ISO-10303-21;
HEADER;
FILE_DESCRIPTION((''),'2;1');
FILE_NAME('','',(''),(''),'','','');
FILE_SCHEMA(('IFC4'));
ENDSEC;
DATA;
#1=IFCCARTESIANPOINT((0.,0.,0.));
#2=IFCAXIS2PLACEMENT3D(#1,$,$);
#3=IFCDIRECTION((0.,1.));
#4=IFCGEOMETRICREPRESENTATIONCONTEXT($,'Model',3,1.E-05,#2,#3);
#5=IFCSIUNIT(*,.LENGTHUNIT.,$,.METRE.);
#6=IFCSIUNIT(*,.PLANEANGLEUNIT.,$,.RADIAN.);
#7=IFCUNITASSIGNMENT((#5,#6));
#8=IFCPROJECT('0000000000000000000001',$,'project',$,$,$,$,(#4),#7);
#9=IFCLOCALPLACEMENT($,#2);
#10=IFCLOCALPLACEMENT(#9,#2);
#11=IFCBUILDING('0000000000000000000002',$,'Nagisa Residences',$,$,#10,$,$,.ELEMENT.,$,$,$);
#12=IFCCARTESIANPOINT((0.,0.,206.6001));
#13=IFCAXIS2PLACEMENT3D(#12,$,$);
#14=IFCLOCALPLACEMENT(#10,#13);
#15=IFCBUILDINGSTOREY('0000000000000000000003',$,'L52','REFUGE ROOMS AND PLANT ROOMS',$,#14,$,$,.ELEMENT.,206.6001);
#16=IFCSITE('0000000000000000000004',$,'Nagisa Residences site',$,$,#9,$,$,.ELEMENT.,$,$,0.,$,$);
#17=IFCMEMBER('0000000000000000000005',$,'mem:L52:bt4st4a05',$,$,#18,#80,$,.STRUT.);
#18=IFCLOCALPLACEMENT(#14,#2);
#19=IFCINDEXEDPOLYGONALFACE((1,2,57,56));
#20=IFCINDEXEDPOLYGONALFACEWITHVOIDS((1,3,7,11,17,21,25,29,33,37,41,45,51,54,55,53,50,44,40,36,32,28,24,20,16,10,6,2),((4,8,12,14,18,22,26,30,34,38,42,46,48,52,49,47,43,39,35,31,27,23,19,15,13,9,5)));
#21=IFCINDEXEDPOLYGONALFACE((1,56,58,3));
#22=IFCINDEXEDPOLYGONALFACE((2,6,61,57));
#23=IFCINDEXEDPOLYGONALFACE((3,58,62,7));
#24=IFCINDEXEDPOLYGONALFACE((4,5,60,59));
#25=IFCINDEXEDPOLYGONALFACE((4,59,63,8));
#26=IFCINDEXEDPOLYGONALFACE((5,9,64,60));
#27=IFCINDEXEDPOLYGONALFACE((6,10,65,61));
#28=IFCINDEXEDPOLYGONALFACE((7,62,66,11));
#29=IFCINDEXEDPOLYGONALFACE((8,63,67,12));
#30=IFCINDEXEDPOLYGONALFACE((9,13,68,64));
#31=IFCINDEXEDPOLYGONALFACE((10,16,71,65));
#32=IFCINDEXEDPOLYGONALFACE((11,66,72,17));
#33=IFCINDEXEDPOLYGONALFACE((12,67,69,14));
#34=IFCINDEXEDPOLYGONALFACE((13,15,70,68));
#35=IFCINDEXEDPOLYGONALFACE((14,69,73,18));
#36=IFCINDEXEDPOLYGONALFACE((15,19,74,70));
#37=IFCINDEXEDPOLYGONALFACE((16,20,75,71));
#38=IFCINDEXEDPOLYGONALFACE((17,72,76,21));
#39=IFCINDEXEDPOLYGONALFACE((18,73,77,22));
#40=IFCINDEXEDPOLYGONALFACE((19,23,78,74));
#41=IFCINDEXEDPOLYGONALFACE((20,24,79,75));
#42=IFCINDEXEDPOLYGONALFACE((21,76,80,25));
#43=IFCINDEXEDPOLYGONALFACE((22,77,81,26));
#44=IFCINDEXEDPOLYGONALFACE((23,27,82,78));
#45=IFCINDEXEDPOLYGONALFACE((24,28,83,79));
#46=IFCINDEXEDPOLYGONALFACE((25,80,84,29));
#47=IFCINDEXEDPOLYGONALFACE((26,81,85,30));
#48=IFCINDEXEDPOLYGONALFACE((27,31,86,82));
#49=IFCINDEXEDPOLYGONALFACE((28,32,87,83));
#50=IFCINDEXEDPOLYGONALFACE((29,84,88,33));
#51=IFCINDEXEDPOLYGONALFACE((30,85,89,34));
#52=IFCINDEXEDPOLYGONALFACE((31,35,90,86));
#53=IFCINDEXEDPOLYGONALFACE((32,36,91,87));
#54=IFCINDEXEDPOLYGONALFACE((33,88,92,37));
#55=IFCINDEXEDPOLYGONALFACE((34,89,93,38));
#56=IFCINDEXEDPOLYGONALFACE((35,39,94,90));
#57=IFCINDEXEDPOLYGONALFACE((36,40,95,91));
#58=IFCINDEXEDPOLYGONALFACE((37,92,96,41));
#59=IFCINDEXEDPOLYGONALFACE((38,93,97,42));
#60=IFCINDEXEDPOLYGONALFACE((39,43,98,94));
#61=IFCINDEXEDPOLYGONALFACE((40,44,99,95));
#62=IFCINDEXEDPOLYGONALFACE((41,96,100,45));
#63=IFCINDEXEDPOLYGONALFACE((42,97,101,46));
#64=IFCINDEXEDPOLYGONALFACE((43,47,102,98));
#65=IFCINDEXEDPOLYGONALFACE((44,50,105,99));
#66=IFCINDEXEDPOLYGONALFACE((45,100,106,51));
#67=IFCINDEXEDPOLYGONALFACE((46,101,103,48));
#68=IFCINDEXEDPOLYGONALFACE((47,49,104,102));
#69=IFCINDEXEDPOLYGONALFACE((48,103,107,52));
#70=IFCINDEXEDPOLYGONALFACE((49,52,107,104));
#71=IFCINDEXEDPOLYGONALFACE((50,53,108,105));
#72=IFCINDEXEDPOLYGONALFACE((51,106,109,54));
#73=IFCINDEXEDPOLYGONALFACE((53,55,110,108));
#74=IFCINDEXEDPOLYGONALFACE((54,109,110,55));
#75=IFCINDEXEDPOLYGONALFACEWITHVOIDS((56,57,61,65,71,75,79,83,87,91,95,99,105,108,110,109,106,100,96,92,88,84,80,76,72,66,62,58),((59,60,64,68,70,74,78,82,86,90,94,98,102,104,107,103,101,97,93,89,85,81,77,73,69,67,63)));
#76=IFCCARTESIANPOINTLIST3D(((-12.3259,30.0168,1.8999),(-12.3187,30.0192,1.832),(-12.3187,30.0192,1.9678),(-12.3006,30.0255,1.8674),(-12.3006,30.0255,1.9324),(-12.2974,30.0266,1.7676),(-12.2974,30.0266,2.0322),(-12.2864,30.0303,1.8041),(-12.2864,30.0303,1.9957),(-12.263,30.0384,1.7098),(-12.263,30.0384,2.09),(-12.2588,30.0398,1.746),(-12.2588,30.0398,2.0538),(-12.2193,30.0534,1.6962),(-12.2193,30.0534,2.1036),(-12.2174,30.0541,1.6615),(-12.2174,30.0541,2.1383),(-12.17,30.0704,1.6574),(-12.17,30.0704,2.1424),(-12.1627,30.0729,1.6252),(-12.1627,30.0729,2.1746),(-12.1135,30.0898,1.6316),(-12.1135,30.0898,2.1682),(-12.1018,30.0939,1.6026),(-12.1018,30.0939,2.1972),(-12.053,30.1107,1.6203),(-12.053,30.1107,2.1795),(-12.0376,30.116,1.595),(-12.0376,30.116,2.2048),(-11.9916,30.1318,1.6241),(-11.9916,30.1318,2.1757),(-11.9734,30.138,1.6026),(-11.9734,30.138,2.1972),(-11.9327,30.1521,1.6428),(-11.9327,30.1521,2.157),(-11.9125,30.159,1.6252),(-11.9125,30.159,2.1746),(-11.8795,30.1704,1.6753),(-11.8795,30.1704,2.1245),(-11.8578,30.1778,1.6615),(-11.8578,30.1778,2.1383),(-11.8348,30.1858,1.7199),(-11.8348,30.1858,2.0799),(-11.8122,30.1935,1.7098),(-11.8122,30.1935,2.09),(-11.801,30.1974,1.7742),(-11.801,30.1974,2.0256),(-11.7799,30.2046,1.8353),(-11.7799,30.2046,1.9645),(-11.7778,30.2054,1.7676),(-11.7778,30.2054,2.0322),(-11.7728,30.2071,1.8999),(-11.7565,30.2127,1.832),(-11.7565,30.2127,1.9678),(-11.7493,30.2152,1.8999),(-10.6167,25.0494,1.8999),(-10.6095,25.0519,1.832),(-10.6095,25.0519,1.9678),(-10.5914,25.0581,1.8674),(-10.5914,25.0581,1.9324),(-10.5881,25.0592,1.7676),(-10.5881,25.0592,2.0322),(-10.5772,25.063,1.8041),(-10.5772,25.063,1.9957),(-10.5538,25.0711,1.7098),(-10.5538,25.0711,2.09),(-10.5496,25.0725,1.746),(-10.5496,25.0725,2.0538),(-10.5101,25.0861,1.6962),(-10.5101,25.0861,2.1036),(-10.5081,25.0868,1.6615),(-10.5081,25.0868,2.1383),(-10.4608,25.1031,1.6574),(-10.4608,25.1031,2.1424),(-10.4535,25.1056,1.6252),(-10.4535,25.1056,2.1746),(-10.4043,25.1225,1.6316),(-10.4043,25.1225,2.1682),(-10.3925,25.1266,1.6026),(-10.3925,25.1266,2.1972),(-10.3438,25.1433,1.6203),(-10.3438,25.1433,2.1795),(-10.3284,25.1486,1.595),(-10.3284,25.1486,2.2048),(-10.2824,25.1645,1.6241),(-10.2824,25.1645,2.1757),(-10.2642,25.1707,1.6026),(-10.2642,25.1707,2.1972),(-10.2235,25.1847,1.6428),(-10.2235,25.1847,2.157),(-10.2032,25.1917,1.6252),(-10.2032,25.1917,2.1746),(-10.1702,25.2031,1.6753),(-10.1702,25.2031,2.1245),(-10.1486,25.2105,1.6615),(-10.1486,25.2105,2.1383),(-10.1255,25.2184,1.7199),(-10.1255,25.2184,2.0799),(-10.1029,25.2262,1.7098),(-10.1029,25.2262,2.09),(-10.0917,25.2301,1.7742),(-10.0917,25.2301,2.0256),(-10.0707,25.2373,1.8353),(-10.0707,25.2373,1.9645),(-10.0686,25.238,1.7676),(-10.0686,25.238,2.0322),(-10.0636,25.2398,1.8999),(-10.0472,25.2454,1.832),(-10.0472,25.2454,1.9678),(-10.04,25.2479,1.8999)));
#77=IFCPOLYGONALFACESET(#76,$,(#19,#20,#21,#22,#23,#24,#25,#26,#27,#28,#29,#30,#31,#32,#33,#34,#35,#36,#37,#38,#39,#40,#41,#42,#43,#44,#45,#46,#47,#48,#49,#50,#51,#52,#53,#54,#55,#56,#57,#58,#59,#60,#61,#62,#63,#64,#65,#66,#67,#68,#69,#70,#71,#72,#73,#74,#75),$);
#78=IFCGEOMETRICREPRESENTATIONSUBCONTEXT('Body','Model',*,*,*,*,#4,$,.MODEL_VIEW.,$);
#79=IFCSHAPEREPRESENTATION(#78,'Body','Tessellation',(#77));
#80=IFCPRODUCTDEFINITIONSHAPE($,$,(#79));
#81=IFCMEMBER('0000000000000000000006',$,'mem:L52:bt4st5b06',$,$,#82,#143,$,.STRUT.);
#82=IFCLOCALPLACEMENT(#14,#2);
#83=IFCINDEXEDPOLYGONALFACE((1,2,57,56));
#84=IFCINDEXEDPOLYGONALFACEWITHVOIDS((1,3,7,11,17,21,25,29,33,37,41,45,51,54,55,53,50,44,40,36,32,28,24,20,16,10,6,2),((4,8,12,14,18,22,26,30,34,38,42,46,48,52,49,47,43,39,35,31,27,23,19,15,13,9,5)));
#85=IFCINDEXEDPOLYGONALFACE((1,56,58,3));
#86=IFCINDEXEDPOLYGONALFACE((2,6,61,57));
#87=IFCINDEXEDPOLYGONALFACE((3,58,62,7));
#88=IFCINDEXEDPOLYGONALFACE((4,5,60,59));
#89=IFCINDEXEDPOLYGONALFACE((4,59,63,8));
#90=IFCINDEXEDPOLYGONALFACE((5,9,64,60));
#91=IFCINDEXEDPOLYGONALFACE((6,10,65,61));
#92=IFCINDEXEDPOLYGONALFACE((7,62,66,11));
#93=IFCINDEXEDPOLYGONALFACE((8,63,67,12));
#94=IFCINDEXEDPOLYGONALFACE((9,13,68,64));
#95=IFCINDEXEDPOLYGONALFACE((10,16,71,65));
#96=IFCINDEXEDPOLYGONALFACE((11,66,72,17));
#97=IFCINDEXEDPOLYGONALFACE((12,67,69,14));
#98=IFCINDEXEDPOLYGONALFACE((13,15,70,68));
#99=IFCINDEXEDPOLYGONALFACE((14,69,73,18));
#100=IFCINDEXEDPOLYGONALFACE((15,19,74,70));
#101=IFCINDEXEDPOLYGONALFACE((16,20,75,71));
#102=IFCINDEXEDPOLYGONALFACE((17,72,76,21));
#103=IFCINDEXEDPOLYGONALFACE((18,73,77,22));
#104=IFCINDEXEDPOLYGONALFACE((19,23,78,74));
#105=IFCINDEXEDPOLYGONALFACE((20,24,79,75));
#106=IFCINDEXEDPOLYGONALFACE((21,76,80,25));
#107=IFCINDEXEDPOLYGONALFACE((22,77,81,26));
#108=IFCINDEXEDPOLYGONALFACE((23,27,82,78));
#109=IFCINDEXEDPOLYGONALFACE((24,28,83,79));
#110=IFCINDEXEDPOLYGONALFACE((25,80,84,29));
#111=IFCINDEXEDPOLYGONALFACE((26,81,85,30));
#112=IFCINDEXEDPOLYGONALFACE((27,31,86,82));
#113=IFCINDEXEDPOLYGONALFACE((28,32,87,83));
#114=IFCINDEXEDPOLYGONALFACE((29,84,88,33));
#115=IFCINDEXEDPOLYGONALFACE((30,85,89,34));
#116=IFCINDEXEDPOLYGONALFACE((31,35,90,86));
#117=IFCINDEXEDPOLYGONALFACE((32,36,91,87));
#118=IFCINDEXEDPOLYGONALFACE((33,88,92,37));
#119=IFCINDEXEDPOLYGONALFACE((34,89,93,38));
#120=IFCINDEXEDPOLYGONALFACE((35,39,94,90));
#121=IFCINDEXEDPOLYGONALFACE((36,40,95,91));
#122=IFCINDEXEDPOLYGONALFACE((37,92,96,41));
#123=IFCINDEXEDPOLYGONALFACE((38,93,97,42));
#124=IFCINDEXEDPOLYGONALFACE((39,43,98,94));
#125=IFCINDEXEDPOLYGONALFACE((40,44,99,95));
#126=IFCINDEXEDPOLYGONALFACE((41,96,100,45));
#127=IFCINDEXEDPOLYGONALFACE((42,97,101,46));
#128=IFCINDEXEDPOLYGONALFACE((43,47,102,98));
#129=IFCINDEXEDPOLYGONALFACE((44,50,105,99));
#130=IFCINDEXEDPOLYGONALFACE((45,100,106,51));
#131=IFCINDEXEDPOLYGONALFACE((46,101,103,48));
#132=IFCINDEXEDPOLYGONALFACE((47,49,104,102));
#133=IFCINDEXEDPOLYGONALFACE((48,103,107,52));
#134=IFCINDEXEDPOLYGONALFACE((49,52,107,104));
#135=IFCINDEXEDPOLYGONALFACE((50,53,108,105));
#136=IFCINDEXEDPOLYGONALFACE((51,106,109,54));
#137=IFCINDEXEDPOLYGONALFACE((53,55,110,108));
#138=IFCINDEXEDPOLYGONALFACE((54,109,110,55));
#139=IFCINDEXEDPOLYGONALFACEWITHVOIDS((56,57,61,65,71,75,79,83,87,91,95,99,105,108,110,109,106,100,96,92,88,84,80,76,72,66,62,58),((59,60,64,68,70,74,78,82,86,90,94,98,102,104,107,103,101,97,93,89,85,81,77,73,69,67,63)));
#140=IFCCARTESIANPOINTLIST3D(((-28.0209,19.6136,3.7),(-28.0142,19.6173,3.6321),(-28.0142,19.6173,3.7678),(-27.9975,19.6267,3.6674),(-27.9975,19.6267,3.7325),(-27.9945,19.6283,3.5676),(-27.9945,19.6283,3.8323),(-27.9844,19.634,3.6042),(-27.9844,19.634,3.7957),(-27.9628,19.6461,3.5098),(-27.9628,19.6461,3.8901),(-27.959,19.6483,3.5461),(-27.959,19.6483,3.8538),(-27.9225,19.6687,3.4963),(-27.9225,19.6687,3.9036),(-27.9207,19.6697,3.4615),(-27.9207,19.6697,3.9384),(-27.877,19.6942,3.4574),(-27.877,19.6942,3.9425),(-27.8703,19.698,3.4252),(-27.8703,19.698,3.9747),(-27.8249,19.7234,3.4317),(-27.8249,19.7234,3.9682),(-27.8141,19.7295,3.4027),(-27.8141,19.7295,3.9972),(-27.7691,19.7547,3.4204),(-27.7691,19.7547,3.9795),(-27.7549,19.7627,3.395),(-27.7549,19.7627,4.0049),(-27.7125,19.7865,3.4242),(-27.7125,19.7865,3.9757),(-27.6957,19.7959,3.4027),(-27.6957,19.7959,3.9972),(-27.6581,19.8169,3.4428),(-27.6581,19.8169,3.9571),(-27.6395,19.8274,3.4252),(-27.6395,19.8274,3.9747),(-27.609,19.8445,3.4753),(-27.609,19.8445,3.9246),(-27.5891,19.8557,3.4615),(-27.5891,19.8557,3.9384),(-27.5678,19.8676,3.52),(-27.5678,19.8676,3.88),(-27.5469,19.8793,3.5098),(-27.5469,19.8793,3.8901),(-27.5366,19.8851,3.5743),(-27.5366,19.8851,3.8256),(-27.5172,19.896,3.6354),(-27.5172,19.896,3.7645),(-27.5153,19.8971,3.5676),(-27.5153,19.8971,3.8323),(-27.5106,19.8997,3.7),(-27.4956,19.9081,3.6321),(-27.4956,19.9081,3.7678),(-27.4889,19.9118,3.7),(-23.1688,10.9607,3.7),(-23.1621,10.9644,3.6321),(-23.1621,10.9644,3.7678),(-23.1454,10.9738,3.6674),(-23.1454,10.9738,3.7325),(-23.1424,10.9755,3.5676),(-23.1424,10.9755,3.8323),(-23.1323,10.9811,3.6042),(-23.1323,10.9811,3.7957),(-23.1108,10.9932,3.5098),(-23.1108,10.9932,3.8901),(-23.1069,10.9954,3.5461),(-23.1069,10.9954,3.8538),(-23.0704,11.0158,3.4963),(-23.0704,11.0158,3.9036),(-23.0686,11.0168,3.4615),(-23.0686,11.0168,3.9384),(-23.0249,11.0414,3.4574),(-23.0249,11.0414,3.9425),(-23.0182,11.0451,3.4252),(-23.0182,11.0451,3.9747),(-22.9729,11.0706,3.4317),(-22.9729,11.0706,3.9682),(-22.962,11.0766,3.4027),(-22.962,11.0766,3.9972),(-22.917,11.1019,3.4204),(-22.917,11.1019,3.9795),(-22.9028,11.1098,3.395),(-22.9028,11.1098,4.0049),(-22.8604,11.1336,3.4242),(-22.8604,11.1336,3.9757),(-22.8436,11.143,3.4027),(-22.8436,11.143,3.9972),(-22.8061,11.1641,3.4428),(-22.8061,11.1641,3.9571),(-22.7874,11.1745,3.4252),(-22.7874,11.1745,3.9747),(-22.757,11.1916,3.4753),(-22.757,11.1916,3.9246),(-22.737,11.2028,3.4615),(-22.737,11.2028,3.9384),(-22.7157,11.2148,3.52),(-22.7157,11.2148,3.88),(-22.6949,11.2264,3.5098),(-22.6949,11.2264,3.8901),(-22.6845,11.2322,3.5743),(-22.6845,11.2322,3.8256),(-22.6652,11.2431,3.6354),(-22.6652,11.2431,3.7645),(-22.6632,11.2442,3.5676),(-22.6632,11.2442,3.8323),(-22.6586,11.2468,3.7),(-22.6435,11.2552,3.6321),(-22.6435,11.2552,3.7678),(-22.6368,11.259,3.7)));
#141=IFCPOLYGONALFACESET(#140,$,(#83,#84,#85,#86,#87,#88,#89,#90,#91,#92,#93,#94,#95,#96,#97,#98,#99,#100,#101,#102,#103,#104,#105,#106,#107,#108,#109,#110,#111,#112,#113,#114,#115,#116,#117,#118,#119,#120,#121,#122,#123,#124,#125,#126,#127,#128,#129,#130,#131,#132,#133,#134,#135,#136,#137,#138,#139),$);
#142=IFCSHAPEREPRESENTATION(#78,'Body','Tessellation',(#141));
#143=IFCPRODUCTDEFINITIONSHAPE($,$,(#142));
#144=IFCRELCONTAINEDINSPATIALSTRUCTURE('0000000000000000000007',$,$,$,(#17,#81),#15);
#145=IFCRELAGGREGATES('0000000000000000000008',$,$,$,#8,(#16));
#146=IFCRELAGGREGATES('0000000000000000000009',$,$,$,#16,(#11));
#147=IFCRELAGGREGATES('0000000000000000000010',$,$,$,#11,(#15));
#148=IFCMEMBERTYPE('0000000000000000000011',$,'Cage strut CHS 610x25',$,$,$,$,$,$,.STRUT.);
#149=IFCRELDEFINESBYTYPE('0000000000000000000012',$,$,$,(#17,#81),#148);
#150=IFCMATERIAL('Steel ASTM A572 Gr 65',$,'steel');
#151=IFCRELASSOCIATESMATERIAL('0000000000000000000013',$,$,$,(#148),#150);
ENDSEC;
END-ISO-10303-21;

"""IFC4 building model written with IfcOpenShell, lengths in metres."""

from ifc_helpers import new_model, si_unit, direction, frame, origin, origin_2d, place, context, subcontext, project, spatial, hollow_circle, extrude, material, material_profile, profile_set, type_object, element, save


model = new_model("IFC4")

# Units and contexts
model_context = context("Model", 3, precision=1e-05, world=origin(), true_north=direction((0.0, 1.0)))
body_context = subcontext(model_context, "Body", "Model", "MODEL_VIEW")
ifc_project = project(units=[si_unit("LENGTHUNIT", "METRE"), si_unit("PLANEANGLEUNIT", "RADIAN")], contexts=[model_context])

# Site, building, storey
site_placement = place(None, origin())
site = spatial("IfcSite", under=ifc_project, at=site_placement, Name="Nagisa Residences site", CompositionType="ELEMENT", RefElevation=0.0)
building_placement = place(site_placement, origin())
building = spatial("IfcBuilding", under=site, at=building_placement, Name="Nagisa Residences", CompositionType="ELEMENT")
storey_placement = place(building_placement, frame((0.0, 0.0, 206.6001)))
storey = spatial("IfcBuildingStorey", under=building, at=storey_placement, Name="L52", Description="REFUGE ROOMS AND PLANT ROOMS", CompositionType="ELEMENT", Elevation=206.6001)

# Members
ifc_material_1 = material(Name="Steel ASTM A572 Gr 65", Category="steel")
ifc_material_profile_1 = material_profile(ifc_material_1, hollow_circle(Radius=0.3049, WallThickness=0.0249, at=origin_2d()), Name="CHS 610x25")
ifc_profile_set_1 = profile_set([ifc_material_profile_1], Name="Steel ASTM A572 Gr 65")
member_type_1 = type_object("IfcMemberType", Name="Cage strut CHS 610x25", PredefinedType="STRUT", material=ifc_profile_set_1)
member_1_placement = place(storey_placement, frame((-12.0376, 30.116, 1.8999), z_axis=(0.325373, -0.945586, 0.0), x_axis=(0.945586, 0.325373, 0.0)))
element("IfcMember", 1, at=member_1_placement, inside=storey, type_object=member_type_1, Name="mem:L52:bt4st4a05", PredefinedType="STRUT", context=body_context, shape_type="SweptSolid", body=[
    extrude(hollow_circle(Radius=0.3049, WallThickness=0.0249, at=origin_2d()), origin(), (0.0, 0.0, 1.0), 5.2532),
])
member_2_placement = place(storey_placement, frame((-27.7549, 19.7627, 3.7), z_axis=(0.489099, -0.872228, 0.0), x_axis=(0.872228, 0.489099, 0.0)))
element("IfcMember", 2, at=member_2_placement, inside=storey, type_object=member_type_1, Name="mem:L52:bt4st5b06", PredefinedType="STRUT", context=body_context, shape_type="SweptSolid", body=[
    extrude(hollow_circle(Radius=0.3049, WallThickness=0.0249, at=origin_2d()), origin(), (0.0, 0.0, 1.0), 9.9204),
])

save(model, "model.ifc")
